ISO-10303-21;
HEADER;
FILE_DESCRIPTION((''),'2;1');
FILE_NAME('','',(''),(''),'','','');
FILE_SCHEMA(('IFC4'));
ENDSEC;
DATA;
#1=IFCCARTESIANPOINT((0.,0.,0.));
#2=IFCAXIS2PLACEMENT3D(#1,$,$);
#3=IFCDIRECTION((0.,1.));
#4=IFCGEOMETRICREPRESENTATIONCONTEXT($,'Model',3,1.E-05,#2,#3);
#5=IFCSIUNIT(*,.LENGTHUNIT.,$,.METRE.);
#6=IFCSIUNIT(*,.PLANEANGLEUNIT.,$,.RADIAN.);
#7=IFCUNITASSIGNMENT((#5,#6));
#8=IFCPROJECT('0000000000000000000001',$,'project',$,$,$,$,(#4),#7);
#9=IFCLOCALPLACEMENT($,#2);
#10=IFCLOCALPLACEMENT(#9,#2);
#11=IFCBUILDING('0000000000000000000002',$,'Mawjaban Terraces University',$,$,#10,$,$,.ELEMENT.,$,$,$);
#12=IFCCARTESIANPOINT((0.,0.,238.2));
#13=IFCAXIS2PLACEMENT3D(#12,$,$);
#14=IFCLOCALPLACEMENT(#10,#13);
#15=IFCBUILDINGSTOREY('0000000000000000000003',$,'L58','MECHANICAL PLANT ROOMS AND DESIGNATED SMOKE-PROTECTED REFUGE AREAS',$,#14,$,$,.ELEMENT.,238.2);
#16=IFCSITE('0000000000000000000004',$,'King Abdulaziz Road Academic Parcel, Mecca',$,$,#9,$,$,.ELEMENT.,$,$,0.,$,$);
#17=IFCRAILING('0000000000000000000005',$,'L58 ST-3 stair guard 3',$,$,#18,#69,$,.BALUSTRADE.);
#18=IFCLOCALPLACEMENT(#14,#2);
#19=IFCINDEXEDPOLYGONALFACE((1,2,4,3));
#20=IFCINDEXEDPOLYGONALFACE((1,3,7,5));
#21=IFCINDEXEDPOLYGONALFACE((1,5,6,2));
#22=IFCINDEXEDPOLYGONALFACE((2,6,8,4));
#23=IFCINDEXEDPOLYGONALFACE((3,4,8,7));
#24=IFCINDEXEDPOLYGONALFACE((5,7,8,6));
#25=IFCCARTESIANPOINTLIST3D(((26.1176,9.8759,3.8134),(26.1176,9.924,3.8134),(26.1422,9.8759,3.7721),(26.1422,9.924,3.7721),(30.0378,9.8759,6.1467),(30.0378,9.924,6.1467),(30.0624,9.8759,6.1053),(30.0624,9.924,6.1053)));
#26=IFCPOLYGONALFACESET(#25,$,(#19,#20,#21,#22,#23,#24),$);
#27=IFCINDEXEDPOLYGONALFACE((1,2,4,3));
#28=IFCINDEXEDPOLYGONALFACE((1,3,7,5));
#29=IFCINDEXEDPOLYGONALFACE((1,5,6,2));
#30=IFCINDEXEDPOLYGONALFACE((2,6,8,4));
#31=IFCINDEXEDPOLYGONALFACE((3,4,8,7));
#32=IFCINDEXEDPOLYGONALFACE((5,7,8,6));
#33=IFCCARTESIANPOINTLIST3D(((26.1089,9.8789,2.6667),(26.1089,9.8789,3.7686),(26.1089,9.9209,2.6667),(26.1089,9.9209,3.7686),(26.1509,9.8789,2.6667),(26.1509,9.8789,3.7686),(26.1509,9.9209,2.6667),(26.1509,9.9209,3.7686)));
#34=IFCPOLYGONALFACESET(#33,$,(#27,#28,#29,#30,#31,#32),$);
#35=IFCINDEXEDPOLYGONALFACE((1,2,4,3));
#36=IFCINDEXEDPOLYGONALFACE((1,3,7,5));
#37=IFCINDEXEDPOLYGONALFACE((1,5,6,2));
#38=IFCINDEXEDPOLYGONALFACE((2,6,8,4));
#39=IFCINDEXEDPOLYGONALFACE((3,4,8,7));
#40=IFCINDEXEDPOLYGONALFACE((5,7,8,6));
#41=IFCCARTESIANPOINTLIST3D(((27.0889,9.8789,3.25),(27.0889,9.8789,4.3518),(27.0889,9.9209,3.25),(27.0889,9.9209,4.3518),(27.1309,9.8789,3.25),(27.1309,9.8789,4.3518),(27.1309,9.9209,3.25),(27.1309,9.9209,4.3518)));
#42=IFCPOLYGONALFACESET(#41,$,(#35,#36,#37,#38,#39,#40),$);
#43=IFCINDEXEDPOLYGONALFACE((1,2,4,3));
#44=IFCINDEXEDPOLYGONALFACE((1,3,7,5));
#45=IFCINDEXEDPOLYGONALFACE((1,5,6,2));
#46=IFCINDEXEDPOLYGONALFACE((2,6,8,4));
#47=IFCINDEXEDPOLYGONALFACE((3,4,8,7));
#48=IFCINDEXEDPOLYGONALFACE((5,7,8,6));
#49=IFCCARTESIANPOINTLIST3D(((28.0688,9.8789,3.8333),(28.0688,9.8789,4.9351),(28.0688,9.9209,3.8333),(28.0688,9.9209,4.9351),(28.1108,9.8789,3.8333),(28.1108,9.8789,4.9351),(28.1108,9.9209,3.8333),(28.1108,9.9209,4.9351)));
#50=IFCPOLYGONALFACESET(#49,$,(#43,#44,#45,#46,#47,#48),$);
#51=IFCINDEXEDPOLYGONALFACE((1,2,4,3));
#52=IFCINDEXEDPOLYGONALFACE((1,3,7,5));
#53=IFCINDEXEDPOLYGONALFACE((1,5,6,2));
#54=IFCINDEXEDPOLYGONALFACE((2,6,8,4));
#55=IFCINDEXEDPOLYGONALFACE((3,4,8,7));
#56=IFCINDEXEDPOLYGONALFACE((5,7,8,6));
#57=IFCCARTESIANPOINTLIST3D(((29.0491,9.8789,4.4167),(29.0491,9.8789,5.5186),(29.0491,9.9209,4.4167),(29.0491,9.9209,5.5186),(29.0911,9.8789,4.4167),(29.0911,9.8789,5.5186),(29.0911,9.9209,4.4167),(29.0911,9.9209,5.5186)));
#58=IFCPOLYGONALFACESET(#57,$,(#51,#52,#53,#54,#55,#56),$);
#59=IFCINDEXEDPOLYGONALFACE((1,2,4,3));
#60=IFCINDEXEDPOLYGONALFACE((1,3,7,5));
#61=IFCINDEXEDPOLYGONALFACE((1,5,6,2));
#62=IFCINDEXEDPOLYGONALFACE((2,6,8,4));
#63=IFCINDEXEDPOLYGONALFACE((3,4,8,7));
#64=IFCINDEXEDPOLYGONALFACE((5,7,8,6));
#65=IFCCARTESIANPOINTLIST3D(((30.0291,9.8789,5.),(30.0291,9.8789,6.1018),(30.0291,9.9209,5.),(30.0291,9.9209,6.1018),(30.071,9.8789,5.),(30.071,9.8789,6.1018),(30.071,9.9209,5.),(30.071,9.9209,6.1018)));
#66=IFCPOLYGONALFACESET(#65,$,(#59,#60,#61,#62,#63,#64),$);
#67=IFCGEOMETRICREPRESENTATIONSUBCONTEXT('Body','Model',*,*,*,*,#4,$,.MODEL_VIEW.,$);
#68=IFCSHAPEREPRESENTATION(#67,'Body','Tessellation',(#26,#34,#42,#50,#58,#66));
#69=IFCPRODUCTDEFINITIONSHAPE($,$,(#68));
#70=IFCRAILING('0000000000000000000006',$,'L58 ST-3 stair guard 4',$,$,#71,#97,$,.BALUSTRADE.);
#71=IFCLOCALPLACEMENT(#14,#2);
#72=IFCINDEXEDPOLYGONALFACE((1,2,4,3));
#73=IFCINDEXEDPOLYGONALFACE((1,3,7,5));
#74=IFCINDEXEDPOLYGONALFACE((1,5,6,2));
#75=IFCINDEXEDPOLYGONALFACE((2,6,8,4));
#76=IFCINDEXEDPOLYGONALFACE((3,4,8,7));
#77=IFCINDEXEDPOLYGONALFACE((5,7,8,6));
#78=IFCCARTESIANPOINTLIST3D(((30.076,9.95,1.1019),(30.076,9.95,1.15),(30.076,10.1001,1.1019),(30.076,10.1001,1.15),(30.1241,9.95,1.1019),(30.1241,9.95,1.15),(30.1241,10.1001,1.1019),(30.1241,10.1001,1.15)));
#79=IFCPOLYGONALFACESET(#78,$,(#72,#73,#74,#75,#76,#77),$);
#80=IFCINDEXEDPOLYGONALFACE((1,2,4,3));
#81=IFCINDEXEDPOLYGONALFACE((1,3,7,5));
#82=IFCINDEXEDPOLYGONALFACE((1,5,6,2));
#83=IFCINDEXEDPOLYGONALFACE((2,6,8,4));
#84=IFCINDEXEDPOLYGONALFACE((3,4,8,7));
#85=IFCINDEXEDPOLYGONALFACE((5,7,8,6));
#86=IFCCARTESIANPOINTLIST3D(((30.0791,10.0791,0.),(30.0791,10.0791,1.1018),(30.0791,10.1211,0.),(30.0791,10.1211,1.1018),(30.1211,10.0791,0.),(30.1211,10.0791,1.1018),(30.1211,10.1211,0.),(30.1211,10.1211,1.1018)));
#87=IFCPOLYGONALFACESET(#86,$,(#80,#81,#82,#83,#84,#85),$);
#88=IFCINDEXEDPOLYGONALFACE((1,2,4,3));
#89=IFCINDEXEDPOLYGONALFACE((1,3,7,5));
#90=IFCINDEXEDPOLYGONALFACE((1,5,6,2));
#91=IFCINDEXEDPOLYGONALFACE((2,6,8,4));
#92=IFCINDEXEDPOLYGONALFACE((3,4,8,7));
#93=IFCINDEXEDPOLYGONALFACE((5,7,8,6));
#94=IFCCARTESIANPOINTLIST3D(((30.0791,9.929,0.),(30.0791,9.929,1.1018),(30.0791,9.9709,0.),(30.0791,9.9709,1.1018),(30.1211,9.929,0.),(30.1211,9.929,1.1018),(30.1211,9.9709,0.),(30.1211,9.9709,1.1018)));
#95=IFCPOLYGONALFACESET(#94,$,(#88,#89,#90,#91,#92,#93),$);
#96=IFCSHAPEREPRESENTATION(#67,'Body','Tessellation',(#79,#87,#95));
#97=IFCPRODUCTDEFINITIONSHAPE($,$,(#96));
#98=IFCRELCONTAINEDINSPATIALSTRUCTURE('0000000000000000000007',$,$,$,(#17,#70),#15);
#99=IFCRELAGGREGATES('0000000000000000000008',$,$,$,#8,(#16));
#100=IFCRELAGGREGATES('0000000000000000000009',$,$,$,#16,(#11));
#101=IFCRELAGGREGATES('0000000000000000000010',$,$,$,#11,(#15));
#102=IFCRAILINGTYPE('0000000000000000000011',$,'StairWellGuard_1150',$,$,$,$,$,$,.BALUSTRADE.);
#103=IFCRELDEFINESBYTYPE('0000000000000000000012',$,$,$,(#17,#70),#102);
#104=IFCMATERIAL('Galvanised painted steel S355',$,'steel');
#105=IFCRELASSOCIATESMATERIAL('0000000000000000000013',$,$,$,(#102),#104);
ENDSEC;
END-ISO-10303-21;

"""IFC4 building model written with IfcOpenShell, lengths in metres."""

from ifc_helpers import new_model, si_unit, direction, frame, origin, origin_2d, place, context, subcontext, project, spatial, rectangle, extrude, material, type_object, element, save


model = new_model("IFC4")

# Units and contexts
model_context = context("Model", 3, precision=1e-05, world=origin(), true_north=direction((0.0, 1.0)))
body_context = subcontext(model_context, "Body", "Model", "MODEL_VIEW")
ifc_project = project(units=[si_unit("LENGTHUNIT", "METRE"), si_unit("PLANEANGLEUNIT", "RADIAN")], contexts=[model_context])

# Site, building, storey
site_placement = place(None, origin())
site = spatial("IfcSite", under=ifc_project, at=site_placement, Name="King Abdulaziz Road Academic Parcel, Mecca", CompositionType="ELEMENT", RefElevation=0.0)
building_placement = place(site_placement, origin())
building = spatial("IfcBuilding", under=site, at=building_placement, Name="Mawjaban Terraces University", CompositionType="ELEMENT")
storey_placement = place(building_placement, frame((0.0, 0.0, 238.2)))
storey = spatial("IfcBuildingStorey", under=building, at=storey_placement, Name="L58", Description="MECHANICAL PLANT ROOMS AND DESIGNATED SMOKE-PROTECTED REFUGE AREAS", CompositionType="ELEMENT", Elevation=238.2)

# Railings
ifc_material_1 = material(Name="Galvanised painted steel S355", Category="steel")
railing_type_1 = type_object("IfcRailingType", Name="StairWellGuard_1150", PredefinedType="BALUSTRADE", material=ifc_material_1)
railing_1_placement = place(storey_placement, frame((26.1299, 9.8999, 2.6667)))
element("IfcRailing", 1, at=railing_1_placement, inside=storey, type_object=railing_type_1, Name="L58 ST-3 stair guard 3", PredefinedType="BALUSTRADE", context=body_context, shape_type="SweptSolid", body=[
    extrude(rectangle(XDim=0.0481, YDim=0.0481, at=origin_2d()), frame((0.0, 0.0, 1.126), z_axis=(0.85931, 0.0, 0.511455), x_axis=(0.0, 1.0, 0.0)), (0.0, 0.0, 1.0), 4.562),
    extrude(rectangle(XDim=0.042, YDim=0.042, at=origin_2d()), origin(), (0.0, 0.0, 1.0), 1.1018),
    extrude(rectangle(XDim=0.042, YDim=0.042, at=origin_2d()), frame((0.98, 0.0, 0.5833)), (0.0, 0.0, 1.0), 1.1018),
    extrude(rectangle(XDim=0.042, YDim=0.042, at=origin_2d()), frame((1.96, 0.0, 1.1665)), (0.0, 0.0, 1.0), 1.1018),
    extrude(rectangle(XDim=0.042, YDim=0.042, at=origin_2d()), frame((2.9402, 0.0, 1.75)), (0.0, 0.0, 1.0), 1.1018),
    extrude(rectangle(XDim=0.042, YDim=0.042, at=origin_2d()), frame((3.9202, 0.0, 2.3333)), (0.0, 0.0, 1.0), 1.1018),
])
railing_2_placement = place(storey_placement, frame((30.1001, 10.1001, 0.0)))
element("IfcRailing", 2, at=railing_2_placement, inside=storey, type_object=railing_type_1, Name="L58 ST-3 stair guard 4", PredefinedType="BALUSTRADE", context=body_context, shape_type="SweptSolid", body=[
    extrude(rectangle(XDim=0.0481, YDim=0.0481, at=origin_2d()), frame((0.0, 0.0, 1.126), z_axis=(0.0, -1.0, 0.0), x_axis=(1.0, 0.0, 0.0)), (0.0, 0.0, 1.0), 0.1501),
    extrude(rectangle(XDim=0.042, YDim=0.042, at=origin_2d()), origin(), (0.0, 0.0, 1.0), 1.1018),
    extrude(rectangle(XDim=0.042, YDim=0.042, at=origin_2d()), frame((0.0, -0.1501, 0.0)), (0.0, 0.0, 1.0), 1.1018),
])

save(model, "model.ifc")
